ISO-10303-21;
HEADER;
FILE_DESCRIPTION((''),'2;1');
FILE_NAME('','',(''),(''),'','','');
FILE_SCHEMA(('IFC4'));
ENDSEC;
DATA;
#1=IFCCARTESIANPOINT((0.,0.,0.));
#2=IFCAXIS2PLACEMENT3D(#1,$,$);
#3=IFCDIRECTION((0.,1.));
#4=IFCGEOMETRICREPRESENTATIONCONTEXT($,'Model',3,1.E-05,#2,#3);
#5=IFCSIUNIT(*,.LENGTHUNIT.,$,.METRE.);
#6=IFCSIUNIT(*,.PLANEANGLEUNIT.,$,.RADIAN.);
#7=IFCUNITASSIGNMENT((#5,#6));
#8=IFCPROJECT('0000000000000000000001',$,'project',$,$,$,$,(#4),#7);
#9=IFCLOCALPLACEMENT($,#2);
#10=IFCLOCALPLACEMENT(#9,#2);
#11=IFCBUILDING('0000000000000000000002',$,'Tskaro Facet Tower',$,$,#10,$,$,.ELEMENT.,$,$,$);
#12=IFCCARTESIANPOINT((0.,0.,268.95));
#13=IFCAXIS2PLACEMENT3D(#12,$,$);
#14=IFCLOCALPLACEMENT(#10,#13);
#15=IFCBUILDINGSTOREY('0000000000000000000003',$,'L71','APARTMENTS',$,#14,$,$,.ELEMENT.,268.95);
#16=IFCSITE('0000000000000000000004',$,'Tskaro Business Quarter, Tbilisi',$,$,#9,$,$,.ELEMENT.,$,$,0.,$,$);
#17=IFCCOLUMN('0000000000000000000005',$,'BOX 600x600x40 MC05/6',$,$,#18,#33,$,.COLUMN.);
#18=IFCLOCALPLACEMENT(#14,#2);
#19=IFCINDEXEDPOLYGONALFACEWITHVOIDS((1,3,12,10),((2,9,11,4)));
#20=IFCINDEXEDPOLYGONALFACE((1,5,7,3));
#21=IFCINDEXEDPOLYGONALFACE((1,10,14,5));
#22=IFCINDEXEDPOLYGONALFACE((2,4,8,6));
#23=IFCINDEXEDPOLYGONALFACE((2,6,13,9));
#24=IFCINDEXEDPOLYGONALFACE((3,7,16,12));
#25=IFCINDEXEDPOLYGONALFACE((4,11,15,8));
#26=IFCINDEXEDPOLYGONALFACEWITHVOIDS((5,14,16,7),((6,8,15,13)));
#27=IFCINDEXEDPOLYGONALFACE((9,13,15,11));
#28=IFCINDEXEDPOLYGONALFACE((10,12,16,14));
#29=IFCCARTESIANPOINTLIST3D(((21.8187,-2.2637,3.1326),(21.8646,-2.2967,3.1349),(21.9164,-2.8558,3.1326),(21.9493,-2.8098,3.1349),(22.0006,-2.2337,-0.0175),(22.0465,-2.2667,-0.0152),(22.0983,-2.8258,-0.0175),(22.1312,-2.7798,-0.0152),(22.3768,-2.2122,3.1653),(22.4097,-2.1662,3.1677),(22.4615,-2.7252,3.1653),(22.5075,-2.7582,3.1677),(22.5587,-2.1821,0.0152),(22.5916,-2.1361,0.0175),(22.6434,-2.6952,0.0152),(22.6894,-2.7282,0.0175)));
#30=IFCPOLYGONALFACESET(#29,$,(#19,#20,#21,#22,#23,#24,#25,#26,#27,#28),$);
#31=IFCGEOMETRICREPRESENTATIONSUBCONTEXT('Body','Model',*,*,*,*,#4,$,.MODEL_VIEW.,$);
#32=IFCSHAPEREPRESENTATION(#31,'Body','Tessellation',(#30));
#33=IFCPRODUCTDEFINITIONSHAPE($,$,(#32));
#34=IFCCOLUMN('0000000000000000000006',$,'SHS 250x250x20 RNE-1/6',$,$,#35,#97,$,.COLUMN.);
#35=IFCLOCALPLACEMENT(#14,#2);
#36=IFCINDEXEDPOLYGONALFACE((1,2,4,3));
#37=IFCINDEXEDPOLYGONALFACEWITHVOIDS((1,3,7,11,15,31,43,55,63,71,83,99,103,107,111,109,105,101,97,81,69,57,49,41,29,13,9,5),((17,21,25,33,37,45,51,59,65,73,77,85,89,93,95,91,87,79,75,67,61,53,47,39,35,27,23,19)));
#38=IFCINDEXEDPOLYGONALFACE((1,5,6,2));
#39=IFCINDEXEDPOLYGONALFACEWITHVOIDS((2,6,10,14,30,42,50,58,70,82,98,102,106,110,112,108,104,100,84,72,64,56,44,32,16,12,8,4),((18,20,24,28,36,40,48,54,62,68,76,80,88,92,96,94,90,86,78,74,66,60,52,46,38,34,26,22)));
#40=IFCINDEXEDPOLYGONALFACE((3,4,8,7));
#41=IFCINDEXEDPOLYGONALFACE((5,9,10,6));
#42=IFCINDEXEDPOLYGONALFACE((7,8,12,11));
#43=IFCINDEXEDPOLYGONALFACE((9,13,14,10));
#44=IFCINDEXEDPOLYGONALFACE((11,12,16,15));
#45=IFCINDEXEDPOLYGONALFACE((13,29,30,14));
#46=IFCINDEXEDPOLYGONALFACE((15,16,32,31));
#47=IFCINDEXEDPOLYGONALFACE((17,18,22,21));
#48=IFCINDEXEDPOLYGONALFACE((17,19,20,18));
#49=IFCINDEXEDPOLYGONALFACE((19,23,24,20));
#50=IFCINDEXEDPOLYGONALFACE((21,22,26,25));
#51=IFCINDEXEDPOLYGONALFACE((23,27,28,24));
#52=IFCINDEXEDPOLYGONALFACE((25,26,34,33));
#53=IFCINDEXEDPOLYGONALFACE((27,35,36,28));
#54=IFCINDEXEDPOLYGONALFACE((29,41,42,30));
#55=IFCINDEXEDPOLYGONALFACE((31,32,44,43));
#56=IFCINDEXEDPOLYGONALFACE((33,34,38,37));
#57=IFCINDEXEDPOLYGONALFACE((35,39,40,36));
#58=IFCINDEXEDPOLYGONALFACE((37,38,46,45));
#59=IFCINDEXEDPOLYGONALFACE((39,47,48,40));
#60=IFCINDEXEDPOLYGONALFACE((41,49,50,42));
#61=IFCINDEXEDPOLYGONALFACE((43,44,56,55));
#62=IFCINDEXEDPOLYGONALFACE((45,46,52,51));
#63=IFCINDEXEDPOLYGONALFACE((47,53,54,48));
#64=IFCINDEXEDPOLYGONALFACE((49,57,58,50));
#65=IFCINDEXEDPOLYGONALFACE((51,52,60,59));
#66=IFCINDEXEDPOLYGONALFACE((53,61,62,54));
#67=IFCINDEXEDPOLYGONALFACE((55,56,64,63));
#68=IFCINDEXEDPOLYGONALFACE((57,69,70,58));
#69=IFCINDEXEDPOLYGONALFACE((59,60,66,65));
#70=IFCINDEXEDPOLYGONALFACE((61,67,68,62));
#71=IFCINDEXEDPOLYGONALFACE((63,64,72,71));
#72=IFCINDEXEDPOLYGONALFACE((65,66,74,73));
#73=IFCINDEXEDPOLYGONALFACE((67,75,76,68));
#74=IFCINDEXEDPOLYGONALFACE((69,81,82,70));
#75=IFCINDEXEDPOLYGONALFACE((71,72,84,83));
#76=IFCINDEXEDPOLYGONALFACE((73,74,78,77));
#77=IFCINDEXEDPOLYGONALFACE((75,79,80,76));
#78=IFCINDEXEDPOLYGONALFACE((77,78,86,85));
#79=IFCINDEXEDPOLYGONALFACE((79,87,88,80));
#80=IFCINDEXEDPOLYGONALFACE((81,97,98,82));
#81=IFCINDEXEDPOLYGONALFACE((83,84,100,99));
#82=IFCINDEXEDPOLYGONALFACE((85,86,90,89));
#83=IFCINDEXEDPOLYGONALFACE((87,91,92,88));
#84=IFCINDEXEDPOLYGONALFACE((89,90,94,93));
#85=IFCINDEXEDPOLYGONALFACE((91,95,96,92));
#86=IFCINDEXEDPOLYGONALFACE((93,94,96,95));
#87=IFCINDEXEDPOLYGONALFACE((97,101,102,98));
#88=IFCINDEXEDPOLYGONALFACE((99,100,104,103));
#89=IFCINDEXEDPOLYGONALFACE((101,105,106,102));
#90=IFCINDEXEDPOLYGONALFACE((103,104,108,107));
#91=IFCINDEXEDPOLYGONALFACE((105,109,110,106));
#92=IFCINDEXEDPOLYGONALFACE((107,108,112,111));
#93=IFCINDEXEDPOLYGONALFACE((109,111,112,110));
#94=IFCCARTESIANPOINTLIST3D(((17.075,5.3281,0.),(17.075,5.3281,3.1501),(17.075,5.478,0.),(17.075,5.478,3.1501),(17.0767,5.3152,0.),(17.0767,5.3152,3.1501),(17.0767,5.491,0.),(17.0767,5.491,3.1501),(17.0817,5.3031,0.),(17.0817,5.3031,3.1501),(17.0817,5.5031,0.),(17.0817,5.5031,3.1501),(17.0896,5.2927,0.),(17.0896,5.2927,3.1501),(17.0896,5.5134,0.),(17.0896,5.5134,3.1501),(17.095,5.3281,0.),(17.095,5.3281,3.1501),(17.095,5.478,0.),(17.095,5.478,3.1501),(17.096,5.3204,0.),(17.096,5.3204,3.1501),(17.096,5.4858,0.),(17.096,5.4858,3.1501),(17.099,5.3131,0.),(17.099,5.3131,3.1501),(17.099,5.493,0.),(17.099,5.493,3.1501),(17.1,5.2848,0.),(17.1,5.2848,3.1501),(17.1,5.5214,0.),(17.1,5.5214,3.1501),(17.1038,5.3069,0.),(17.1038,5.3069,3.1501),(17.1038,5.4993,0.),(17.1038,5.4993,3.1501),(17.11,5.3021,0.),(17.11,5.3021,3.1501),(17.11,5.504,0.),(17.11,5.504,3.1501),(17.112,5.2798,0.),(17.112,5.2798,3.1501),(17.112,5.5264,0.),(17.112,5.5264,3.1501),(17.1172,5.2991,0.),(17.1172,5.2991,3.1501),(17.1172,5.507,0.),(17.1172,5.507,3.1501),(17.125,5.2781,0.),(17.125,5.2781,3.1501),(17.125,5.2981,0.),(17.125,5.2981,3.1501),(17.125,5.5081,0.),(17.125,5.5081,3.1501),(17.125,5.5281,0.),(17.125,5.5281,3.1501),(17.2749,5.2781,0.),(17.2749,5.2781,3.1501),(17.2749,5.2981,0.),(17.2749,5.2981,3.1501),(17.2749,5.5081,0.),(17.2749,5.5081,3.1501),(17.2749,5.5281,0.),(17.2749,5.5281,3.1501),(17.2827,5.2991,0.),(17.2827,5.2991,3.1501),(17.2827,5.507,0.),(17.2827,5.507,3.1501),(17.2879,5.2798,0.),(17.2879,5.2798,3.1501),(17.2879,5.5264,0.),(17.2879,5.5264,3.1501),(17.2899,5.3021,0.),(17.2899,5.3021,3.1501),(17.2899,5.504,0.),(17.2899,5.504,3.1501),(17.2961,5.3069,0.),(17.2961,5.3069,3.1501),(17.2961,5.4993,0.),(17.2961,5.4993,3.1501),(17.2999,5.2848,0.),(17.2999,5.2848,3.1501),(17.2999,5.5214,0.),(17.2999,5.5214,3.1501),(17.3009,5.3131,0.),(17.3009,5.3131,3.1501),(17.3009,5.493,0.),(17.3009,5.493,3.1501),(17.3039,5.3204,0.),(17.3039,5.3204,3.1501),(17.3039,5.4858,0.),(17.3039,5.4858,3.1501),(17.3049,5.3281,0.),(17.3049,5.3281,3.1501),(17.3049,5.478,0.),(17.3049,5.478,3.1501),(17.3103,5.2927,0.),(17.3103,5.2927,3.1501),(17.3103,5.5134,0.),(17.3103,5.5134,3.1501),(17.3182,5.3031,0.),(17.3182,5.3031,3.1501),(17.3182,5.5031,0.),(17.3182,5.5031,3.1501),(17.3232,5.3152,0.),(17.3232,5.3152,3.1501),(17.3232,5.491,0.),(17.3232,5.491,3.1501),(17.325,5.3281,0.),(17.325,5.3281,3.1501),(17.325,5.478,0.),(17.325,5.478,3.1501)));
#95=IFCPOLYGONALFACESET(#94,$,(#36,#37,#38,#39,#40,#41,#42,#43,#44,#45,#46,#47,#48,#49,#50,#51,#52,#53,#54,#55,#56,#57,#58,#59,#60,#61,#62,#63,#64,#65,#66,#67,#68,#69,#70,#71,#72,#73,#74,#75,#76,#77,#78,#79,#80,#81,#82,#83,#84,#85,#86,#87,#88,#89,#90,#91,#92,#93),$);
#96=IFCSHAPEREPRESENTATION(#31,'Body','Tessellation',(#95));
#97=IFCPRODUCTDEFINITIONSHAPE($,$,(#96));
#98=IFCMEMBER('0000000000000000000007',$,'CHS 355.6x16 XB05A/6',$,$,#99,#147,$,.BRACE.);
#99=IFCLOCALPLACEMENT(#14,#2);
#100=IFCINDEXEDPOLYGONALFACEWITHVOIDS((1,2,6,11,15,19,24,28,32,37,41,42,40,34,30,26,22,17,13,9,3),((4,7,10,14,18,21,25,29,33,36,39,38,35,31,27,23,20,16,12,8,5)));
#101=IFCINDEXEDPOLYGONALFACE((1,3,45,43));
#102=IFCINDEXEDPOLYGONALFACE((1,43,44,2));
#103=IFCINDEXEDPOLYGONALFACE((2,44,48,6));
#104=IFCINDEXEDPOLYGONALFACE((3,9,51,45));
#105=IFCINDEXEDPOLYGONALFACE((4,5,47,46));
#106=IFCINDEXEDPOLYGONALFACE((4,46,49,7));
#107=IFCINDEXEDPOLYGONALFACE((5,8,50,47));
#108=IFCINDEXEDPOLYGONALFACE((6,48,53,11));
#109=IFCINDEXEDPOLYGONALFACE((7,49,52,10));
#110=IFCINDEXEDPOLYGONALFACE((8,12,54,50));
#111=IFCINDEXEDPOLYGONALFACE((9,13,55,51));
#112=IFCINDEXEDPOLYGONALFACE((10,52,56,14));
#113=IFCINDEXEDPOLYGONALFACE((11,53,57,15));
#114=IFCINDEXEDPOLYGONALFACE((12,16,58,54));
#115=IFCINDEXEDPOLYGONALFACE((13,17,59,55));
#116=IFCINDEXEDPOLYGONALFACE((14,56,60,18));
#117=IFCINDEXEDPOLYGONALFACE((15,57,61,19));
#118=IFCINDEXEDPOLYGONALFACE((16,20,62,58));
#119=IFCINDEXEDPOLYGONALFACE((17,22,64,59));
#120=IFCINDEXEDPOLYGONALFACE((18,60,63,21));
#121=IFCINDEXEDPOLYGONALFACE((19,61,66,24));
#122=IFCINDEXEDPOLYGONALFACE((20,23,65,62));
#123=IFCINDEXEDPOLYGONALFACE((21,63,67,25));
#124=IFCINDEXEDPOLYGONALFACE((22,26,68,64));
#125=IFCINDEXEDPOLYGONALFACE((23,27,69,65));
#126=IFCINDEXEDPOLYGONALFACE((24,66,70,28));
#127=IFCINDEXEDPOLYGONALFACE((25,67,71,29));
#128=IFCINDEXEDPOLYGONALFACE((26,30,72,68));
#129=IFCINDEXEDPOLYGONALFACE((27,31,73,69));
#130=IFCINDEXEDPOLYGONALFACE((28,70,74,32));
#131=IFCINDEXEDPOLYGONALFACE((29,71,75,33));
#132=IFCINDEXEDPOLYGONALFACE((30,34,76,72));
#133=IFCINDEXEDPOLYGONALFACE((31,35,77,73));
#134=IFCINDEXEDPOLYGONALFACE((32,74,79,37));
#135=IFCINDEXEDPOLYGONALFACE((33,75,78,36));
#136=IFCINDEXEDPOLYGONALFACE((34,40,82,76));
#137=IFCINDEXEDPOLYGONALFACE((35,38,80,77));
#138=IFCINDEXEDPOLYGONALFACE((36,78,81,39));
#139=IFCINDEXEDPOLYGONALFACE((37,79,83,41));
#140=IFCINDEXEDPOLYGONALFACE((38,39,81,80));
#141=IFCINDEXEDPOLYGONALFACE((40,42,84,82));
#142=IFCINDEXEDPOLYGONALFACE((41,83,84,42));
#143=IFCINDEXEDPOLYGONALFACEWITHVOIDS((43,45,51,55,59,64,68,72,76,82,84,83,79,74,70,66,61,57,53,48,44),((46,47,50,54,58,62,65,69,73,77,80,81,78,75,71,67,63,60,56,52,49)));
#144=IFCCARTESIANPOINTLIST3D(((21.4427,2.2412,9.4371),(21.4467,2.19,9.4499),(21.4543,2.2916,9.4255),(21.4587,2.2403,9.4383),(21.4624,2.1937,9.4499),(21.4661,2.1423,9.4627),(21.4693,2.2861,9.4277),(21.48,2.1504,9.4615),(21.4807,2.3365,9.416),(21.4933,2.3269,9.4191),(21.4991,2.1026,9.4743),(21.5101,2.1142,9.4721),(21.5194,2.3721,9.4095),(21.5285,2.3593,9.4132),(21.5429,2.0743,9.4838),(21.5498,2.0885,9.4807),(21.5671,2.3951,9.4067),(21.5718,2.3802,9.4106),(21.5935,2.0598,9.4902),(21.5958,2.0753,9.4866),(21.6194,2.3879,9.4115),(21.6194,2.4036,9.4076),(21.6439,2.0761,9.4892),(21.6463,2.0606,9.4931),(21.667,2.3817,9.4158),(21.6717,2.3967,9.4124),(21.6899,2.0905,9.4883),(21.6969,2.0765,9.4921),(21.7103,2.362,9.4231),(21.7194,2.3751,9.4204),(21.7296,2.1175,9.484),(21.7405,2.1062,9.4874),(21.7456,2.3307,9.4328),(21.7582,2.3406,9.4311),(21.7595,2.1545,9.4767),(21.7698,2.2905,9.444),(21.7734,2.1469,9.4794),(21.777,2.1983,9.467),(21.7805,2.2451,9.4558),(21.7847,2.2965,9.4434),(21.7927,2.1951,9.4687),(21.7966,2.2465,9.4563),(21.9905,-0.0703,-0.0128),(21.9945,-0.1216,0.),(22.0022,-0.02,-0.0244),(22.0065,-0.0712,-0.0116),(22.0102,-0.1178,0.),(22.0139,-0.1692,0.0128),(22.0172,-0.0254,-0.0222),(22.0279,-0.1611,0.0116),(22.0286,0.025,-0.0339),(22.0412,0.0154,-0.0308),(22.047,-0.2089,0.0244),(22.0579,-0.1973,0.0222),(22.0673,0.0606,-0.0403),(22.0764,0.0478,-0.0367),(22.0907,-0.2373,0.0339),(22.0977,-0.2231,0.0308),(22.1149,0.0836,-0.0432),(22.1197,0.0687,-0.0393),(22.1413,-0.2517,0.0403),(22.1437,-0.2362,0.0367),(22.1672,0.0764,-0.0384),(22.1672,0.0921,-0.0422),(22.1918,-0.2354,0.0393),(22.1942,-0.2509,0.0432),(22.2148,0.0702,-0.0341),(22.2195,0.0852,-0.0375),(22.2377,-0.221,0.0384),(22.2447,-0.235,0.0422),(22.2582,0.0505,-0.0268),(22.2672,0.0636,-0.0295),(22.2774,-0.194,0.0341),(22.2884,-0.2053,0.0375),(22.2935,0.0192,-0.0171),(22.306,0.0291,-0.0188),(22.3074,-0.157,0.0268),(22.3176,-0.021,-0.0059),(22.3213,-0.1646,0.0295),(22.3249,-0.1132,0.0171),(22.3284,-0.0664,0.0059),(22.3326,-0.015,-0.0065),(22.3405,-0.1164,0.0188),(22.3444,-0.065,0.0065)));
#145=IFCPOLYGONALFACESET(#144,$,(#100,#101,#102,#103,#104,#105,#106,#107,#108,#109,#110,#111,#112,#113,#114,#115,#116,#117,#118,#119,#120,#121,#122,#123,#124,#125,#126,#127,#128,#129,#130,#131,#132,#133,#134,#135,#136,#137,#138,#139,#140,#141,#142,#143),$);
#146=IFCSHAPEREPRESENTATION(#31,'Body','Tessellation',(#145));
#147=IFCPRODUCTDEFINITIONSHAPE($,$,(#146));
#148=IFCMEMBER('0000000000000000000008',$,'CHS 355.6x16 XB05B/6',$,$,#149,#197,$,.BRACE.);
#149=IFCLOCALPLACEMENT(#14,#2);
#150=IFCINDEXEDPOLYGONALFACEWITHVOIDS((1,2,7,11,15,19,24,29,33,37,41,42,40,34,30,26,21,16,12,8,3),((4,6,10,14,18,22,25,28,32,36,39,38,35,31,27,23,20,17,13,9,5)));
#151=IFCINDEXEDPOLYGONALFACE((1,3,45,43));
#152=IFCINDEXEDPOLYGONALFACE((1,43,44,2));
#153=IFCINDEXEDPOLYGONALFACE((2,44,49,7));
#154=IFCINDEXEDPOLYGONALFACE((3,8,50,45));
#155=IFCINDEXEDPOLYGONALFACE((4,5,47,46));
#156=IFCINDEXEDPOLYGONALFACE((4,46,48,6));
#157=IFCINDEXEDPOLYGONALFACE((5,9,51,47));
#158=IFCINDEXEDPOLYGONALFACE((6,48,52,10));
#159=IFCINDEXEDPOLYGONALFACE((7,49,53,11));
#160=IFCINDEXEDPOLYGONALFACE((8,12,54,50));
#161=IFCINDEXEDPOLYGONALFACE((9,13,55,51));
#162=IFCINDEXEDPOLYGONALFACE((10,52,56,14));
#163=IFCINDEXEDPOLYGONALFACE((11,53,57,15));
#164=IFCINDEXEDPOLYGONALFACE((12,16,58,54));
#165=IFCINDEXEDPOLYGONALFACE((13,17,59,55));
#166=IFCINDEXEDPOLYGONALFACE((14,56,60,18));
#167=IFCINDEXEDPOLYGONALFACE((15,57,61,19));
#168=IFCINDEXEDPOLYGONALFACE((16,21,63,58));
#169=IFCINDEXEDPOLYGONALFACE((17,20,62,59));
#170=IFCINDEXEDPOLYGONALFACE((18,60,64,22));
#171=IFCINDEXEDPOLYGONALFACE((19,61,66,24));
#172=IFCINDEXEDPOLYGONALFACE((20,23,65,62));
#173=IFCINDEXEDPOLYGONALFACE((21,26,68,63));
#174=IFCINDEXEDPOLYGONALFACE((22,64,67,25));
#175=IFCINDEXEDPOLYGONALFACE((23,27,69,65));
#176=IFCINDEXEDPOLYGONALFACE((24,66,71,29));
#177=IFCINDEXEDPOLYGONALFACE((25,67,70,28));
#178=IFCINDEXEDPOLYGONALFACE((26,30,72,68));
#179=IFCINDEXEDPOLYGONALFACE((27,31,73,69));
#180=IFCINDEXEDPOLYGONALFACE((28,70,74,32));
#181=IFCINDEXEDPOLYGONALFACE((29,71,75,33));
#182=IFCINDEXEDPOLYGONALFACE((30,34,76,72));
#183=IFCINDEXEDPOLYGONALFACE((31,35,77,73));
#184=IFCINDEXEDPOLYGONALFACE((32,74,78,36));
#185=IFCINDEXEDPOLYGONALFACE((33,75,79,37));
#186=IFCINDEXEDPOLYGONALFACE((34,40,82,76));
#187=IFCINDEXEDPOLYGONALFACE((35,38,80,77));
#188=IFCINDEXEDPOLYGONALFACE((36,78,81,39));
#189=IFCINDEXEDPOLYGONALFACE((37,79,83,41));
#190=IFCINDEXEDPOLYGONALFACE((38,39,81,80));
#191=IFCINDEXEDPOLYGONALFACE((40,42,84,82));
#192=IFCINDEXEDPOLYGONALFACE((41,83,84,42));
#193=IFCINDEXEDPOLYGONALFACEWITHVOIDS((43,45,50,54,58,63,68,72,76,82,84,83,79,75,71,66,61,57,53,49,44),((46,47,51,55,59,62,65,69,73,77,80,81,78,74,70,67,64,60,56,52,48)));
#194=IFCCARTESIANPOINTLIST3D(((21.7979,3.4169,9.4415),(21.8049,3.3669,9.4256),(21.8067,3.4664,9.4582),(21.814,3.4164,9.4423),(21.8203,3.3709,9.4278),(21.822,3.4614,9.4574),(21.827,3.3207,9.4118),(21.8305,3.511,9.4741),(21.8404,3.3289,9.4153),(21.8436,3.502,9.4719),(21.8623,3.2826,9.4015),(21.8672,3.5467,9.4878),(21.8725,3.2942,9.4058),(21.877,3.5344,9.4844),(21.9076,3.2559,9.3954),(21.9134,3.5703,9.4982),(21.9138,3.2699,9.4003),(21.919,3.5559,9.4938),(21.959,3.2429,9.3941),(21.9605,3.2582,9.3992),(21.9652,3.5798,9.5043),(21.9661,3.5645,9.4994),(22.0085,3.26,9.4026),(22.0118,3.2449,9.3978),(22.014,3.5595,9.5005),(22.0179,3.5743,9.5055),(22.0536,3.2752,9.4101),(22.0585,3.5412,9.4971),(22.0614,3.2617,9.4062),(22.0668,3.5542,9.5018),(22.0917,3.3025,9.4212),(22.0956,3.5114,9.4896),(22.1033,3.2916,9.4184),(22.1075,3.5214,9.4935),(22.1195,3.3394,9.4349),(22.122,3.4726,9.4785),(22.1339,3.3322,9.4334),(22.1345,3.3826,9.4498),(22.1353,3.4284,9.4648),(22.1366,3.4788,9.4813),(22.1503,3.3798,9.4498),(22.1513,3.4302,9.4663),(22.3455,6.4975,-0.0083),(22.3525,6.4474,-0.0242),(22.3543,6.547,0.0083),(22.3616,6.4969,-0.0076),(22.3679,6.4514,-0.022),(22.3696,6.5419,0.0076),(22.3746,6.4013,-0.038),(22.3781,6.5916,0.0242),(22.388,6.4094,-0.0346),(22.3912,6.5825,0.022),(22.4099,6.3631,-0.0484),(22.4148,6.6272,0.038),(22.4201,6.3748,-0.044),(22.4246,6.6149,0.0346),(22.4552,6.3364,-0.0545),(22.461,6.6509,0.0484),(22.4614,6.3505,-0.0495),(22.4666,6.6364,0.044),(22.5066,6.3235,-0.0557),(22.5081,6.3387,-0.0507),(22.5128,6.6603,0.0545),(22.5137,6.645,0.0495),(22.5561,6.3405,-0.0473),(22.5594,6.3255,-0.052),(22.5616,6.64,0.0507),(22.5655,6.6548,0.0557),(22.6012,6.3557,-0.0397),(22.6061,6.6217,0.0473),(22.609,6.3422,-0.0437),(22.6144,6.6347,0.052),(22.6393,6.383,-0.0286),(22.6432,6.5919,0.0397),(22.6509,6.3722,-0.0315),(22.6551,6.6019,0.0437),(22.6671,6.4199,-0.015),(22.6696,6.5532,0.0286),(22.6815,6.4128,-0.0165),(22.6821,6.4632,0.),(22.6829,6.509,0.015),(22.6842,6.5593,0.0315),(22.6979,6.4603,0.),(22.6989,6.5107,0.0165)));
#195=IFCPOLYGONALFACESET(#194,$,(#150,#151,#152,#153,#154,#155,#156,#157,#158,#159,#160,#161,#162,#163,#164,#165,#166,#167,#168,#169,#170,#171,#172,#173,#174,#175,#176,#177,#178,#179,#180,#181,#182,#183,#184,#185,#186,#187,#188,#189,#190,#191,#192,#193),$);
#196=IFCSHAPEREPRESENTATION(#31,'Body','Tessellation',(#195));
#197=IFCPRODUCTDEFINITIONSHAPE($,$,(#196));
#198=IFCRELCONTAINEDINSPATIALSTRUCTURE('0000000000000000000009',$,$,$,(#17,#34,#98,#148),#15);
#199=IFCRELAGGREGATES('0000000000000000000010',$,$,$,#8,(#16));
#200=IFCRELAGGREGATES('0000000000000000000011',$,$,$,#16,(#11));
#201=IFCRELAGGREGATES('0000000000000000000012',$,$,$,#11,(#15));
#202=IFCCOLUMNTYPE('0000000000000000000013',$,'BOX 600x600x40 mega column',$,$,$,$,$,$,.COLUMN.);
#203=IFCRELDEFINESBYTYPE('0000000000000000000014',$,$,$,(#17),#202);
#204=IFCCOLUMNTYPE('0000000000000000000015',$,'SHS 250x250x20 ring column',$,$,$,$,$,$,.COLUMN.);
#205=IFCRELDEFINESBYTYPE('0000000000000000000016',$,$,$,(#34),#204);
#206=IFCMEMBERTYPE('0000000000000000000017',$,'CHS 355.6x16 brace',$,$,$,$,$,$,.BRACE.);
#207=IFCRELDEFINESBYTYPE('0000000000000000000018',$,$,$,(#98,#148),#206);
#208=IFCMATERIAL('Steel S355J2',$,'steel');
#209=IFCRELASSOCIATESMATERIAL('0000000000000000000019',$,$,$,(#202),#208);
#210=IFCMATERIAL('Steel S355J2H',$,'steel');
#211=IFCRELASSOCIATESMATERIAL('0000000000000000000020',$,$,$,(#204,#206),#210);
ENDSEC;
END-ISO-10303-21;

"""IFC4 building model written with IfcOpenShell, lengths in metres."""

from ifc_helpers import new_model, si_unit, direction, frame, origin, origin_2d, place, context, subcontext, project, spatial, hollow_rectangle, hollow_circle, extrude, material, material_profile, profile_set, type_object, element, save


model = new_model("IFC4")

# Units and contexts
model_context = context("Model", 3, precision=1e-05, world=origin(), true_north=direction((0.0, 1.0)))
body_context = subcontext(model_context, "Body", "Model", "MODEL_VIEW")
ifc_project = project(units=[si_unit("LENGTHUNIT", "METRE"), si_unit("PLANEANGLEUNIT", "RADIAN")], contexts=[model_context])

# Site, building, storey
site_placement = place(None, origin())
site = spatial("IfcSite", under=ifc_project, at=site_placement, Name="Tskaro Business Quarter, Tbilisi", CompositionType="ELEMENT", RefElevation=0.0)
building_placement = place(site_placement, origin())
building = spatial("IfcBuilding", under=site, at=building_placement, Name="Tskaro Facet Tower", CompositionType="ELEMENT")
storey_placement = place(building_placement, frame((0.0, 0.0, 268.95)))
storey = spatial("IfcBuildingStorey", under=building, at=storey_placement, Name="L71", Description="APARTMENTS", CompositionType="ELEMENT", Elevation=268.95)

# Columns
ifc_material_1 = material(Name="Steel S355J2", Category="steel")
ifc_material_profile_1 = material_profile(ifc_material_1, hollow_rectangle(XDim=0.6001, YDim=0.6001, WallThickness=0.04, at=origin_2d()), Name="BOX 600x600x40")
ifc_profile_set_1 = profile_set([ifc_material_profile_1], Name="Steel S355J2")
column_type_1 = type_object("IfcColumnType", Name="BOX 600x600x40 mega column", PredefinedType="COLUMN", material=ifc_profile_set_1)
column_1_placement = place(storey_placement, frame((22.345, -2.481, 0.0), z_axis=(-0.05764, -0.009516, 0.998292), x_axis=(0.162895, -0.986643, 0.0)))
element("IfcColumn", 1, at=column_1_placement, inside=storey, type_object=column_type_1, Name="BOX 600x600x40 MC05/6", PredefinedType="COLUMN", context=body_context, shape_type="SweptSolid", body=[
    extrude(hollow_rectangle(XDim=0.6001, YDim=0.6001, WallThickness=0.04, at=origin_2d()), origin(), (0.0, 0.0, 1.0), 3.1555),
])
ifc_material_2 = material(Name="Steel S355J2H", Category="steel")
ifc_material_profile_2 = material_profile(ifc_material_2, hollow_rectangle(XDim=0.25, YDim=0.25, WallThickness=0.02, InnerFilletRadius=0.03, OuterFilletRadius=0.05, at=origin_2d()), Name="SHS 250x250x20")
ifc_profile_set_2 = profile_set([ifc_material_profile_2], Name="Steel S355J2H")
column_type_2 = type_object("IfcColumnType", Name="SHS 250x250x20 ring column", PredefinedType="COLUMN", material=ifc_profile_set_2)
column_2_placement = place(storey_placement, frame((17.2, 5.4031, 0.0), z_axis=(0.0, 0.0, 1.0), x_axis=(1.0, 0.0, 0.0)))
element("IfcColumn", 2, at=column_2_placement, inside=storey, type_object=column_type_2, Name="SHS 250x250x20 RNE-1/6", PredefinedType="COLUMN", context=body_context, shape_type="SweptSolid", body=[
    extrude(hollow_rectangle(XDim=0.25, YDim=0.25, WallThickness=0.02, InnerFilletRadius=0.03, OuterFilletRadius=0.05, at=origin_2d()), origin(), (0.0, 0.0, 1.0), 3.1501),
])

# Members
ifc_material_profile_3 = material_profile(ifc_material_2, hollow_circle(Radius=0.1777, WallThickness=0.0161, at=origin_2d()), Name="CHS 355.6x16")
ifc_profile_set_3 = profile_set([ifc_material_profile_3], Name="Steel S355J2H")
member_type_1 = type_object("IfcMemberType", Name="CHS 355.6x16 brace", PredefinedType="BRACE", material=ifc_profile_set_3)
member_1_placement = place(storey_placement, frame((22.1675, -0.0806, 0.0), z_axis=(-0.056225, 0.237226, 0.969826), x_axis=(-0.973044, -0.23062, 0.0)))
element("IfcMember", 3, at=member_1_placement, inside=storey, type_object=member_type_1, Name="CHS 355.6x16 XB05A/6", PredefinedType="BRACE", context=body_context, shape_type="SweptSolid", body=[
    extrude(hollow_circle(Radius=0.1777, WallThickness=0.0161, at=origin_2d()), origin(), (0.0, 0.0, 1.0), 9.7439),
])
member_2_placement = place(storey_placement, frame((22.5229, 6.4915, 0.0), z_axis=(-0.055011, -0.309466, 0.949318), x_axis=(0.984565, -0.175018, 0.0)))
element("IfcMember", 4, at=member_2_placement, inside=storey, type_object=member_type_1, Name="CHS 355.6x16 XB05B/6", PredefinedType="BRACE", context=body_context, shape_type="SweptSolid", body=[
    extrude(hollow_circle(Radius=0.1777, WallThickness=0.0161, at=origin_2d()), origin(), (0.0, 0.0, 1.0), 9.9543),
])

save(model, "model.ifc")
